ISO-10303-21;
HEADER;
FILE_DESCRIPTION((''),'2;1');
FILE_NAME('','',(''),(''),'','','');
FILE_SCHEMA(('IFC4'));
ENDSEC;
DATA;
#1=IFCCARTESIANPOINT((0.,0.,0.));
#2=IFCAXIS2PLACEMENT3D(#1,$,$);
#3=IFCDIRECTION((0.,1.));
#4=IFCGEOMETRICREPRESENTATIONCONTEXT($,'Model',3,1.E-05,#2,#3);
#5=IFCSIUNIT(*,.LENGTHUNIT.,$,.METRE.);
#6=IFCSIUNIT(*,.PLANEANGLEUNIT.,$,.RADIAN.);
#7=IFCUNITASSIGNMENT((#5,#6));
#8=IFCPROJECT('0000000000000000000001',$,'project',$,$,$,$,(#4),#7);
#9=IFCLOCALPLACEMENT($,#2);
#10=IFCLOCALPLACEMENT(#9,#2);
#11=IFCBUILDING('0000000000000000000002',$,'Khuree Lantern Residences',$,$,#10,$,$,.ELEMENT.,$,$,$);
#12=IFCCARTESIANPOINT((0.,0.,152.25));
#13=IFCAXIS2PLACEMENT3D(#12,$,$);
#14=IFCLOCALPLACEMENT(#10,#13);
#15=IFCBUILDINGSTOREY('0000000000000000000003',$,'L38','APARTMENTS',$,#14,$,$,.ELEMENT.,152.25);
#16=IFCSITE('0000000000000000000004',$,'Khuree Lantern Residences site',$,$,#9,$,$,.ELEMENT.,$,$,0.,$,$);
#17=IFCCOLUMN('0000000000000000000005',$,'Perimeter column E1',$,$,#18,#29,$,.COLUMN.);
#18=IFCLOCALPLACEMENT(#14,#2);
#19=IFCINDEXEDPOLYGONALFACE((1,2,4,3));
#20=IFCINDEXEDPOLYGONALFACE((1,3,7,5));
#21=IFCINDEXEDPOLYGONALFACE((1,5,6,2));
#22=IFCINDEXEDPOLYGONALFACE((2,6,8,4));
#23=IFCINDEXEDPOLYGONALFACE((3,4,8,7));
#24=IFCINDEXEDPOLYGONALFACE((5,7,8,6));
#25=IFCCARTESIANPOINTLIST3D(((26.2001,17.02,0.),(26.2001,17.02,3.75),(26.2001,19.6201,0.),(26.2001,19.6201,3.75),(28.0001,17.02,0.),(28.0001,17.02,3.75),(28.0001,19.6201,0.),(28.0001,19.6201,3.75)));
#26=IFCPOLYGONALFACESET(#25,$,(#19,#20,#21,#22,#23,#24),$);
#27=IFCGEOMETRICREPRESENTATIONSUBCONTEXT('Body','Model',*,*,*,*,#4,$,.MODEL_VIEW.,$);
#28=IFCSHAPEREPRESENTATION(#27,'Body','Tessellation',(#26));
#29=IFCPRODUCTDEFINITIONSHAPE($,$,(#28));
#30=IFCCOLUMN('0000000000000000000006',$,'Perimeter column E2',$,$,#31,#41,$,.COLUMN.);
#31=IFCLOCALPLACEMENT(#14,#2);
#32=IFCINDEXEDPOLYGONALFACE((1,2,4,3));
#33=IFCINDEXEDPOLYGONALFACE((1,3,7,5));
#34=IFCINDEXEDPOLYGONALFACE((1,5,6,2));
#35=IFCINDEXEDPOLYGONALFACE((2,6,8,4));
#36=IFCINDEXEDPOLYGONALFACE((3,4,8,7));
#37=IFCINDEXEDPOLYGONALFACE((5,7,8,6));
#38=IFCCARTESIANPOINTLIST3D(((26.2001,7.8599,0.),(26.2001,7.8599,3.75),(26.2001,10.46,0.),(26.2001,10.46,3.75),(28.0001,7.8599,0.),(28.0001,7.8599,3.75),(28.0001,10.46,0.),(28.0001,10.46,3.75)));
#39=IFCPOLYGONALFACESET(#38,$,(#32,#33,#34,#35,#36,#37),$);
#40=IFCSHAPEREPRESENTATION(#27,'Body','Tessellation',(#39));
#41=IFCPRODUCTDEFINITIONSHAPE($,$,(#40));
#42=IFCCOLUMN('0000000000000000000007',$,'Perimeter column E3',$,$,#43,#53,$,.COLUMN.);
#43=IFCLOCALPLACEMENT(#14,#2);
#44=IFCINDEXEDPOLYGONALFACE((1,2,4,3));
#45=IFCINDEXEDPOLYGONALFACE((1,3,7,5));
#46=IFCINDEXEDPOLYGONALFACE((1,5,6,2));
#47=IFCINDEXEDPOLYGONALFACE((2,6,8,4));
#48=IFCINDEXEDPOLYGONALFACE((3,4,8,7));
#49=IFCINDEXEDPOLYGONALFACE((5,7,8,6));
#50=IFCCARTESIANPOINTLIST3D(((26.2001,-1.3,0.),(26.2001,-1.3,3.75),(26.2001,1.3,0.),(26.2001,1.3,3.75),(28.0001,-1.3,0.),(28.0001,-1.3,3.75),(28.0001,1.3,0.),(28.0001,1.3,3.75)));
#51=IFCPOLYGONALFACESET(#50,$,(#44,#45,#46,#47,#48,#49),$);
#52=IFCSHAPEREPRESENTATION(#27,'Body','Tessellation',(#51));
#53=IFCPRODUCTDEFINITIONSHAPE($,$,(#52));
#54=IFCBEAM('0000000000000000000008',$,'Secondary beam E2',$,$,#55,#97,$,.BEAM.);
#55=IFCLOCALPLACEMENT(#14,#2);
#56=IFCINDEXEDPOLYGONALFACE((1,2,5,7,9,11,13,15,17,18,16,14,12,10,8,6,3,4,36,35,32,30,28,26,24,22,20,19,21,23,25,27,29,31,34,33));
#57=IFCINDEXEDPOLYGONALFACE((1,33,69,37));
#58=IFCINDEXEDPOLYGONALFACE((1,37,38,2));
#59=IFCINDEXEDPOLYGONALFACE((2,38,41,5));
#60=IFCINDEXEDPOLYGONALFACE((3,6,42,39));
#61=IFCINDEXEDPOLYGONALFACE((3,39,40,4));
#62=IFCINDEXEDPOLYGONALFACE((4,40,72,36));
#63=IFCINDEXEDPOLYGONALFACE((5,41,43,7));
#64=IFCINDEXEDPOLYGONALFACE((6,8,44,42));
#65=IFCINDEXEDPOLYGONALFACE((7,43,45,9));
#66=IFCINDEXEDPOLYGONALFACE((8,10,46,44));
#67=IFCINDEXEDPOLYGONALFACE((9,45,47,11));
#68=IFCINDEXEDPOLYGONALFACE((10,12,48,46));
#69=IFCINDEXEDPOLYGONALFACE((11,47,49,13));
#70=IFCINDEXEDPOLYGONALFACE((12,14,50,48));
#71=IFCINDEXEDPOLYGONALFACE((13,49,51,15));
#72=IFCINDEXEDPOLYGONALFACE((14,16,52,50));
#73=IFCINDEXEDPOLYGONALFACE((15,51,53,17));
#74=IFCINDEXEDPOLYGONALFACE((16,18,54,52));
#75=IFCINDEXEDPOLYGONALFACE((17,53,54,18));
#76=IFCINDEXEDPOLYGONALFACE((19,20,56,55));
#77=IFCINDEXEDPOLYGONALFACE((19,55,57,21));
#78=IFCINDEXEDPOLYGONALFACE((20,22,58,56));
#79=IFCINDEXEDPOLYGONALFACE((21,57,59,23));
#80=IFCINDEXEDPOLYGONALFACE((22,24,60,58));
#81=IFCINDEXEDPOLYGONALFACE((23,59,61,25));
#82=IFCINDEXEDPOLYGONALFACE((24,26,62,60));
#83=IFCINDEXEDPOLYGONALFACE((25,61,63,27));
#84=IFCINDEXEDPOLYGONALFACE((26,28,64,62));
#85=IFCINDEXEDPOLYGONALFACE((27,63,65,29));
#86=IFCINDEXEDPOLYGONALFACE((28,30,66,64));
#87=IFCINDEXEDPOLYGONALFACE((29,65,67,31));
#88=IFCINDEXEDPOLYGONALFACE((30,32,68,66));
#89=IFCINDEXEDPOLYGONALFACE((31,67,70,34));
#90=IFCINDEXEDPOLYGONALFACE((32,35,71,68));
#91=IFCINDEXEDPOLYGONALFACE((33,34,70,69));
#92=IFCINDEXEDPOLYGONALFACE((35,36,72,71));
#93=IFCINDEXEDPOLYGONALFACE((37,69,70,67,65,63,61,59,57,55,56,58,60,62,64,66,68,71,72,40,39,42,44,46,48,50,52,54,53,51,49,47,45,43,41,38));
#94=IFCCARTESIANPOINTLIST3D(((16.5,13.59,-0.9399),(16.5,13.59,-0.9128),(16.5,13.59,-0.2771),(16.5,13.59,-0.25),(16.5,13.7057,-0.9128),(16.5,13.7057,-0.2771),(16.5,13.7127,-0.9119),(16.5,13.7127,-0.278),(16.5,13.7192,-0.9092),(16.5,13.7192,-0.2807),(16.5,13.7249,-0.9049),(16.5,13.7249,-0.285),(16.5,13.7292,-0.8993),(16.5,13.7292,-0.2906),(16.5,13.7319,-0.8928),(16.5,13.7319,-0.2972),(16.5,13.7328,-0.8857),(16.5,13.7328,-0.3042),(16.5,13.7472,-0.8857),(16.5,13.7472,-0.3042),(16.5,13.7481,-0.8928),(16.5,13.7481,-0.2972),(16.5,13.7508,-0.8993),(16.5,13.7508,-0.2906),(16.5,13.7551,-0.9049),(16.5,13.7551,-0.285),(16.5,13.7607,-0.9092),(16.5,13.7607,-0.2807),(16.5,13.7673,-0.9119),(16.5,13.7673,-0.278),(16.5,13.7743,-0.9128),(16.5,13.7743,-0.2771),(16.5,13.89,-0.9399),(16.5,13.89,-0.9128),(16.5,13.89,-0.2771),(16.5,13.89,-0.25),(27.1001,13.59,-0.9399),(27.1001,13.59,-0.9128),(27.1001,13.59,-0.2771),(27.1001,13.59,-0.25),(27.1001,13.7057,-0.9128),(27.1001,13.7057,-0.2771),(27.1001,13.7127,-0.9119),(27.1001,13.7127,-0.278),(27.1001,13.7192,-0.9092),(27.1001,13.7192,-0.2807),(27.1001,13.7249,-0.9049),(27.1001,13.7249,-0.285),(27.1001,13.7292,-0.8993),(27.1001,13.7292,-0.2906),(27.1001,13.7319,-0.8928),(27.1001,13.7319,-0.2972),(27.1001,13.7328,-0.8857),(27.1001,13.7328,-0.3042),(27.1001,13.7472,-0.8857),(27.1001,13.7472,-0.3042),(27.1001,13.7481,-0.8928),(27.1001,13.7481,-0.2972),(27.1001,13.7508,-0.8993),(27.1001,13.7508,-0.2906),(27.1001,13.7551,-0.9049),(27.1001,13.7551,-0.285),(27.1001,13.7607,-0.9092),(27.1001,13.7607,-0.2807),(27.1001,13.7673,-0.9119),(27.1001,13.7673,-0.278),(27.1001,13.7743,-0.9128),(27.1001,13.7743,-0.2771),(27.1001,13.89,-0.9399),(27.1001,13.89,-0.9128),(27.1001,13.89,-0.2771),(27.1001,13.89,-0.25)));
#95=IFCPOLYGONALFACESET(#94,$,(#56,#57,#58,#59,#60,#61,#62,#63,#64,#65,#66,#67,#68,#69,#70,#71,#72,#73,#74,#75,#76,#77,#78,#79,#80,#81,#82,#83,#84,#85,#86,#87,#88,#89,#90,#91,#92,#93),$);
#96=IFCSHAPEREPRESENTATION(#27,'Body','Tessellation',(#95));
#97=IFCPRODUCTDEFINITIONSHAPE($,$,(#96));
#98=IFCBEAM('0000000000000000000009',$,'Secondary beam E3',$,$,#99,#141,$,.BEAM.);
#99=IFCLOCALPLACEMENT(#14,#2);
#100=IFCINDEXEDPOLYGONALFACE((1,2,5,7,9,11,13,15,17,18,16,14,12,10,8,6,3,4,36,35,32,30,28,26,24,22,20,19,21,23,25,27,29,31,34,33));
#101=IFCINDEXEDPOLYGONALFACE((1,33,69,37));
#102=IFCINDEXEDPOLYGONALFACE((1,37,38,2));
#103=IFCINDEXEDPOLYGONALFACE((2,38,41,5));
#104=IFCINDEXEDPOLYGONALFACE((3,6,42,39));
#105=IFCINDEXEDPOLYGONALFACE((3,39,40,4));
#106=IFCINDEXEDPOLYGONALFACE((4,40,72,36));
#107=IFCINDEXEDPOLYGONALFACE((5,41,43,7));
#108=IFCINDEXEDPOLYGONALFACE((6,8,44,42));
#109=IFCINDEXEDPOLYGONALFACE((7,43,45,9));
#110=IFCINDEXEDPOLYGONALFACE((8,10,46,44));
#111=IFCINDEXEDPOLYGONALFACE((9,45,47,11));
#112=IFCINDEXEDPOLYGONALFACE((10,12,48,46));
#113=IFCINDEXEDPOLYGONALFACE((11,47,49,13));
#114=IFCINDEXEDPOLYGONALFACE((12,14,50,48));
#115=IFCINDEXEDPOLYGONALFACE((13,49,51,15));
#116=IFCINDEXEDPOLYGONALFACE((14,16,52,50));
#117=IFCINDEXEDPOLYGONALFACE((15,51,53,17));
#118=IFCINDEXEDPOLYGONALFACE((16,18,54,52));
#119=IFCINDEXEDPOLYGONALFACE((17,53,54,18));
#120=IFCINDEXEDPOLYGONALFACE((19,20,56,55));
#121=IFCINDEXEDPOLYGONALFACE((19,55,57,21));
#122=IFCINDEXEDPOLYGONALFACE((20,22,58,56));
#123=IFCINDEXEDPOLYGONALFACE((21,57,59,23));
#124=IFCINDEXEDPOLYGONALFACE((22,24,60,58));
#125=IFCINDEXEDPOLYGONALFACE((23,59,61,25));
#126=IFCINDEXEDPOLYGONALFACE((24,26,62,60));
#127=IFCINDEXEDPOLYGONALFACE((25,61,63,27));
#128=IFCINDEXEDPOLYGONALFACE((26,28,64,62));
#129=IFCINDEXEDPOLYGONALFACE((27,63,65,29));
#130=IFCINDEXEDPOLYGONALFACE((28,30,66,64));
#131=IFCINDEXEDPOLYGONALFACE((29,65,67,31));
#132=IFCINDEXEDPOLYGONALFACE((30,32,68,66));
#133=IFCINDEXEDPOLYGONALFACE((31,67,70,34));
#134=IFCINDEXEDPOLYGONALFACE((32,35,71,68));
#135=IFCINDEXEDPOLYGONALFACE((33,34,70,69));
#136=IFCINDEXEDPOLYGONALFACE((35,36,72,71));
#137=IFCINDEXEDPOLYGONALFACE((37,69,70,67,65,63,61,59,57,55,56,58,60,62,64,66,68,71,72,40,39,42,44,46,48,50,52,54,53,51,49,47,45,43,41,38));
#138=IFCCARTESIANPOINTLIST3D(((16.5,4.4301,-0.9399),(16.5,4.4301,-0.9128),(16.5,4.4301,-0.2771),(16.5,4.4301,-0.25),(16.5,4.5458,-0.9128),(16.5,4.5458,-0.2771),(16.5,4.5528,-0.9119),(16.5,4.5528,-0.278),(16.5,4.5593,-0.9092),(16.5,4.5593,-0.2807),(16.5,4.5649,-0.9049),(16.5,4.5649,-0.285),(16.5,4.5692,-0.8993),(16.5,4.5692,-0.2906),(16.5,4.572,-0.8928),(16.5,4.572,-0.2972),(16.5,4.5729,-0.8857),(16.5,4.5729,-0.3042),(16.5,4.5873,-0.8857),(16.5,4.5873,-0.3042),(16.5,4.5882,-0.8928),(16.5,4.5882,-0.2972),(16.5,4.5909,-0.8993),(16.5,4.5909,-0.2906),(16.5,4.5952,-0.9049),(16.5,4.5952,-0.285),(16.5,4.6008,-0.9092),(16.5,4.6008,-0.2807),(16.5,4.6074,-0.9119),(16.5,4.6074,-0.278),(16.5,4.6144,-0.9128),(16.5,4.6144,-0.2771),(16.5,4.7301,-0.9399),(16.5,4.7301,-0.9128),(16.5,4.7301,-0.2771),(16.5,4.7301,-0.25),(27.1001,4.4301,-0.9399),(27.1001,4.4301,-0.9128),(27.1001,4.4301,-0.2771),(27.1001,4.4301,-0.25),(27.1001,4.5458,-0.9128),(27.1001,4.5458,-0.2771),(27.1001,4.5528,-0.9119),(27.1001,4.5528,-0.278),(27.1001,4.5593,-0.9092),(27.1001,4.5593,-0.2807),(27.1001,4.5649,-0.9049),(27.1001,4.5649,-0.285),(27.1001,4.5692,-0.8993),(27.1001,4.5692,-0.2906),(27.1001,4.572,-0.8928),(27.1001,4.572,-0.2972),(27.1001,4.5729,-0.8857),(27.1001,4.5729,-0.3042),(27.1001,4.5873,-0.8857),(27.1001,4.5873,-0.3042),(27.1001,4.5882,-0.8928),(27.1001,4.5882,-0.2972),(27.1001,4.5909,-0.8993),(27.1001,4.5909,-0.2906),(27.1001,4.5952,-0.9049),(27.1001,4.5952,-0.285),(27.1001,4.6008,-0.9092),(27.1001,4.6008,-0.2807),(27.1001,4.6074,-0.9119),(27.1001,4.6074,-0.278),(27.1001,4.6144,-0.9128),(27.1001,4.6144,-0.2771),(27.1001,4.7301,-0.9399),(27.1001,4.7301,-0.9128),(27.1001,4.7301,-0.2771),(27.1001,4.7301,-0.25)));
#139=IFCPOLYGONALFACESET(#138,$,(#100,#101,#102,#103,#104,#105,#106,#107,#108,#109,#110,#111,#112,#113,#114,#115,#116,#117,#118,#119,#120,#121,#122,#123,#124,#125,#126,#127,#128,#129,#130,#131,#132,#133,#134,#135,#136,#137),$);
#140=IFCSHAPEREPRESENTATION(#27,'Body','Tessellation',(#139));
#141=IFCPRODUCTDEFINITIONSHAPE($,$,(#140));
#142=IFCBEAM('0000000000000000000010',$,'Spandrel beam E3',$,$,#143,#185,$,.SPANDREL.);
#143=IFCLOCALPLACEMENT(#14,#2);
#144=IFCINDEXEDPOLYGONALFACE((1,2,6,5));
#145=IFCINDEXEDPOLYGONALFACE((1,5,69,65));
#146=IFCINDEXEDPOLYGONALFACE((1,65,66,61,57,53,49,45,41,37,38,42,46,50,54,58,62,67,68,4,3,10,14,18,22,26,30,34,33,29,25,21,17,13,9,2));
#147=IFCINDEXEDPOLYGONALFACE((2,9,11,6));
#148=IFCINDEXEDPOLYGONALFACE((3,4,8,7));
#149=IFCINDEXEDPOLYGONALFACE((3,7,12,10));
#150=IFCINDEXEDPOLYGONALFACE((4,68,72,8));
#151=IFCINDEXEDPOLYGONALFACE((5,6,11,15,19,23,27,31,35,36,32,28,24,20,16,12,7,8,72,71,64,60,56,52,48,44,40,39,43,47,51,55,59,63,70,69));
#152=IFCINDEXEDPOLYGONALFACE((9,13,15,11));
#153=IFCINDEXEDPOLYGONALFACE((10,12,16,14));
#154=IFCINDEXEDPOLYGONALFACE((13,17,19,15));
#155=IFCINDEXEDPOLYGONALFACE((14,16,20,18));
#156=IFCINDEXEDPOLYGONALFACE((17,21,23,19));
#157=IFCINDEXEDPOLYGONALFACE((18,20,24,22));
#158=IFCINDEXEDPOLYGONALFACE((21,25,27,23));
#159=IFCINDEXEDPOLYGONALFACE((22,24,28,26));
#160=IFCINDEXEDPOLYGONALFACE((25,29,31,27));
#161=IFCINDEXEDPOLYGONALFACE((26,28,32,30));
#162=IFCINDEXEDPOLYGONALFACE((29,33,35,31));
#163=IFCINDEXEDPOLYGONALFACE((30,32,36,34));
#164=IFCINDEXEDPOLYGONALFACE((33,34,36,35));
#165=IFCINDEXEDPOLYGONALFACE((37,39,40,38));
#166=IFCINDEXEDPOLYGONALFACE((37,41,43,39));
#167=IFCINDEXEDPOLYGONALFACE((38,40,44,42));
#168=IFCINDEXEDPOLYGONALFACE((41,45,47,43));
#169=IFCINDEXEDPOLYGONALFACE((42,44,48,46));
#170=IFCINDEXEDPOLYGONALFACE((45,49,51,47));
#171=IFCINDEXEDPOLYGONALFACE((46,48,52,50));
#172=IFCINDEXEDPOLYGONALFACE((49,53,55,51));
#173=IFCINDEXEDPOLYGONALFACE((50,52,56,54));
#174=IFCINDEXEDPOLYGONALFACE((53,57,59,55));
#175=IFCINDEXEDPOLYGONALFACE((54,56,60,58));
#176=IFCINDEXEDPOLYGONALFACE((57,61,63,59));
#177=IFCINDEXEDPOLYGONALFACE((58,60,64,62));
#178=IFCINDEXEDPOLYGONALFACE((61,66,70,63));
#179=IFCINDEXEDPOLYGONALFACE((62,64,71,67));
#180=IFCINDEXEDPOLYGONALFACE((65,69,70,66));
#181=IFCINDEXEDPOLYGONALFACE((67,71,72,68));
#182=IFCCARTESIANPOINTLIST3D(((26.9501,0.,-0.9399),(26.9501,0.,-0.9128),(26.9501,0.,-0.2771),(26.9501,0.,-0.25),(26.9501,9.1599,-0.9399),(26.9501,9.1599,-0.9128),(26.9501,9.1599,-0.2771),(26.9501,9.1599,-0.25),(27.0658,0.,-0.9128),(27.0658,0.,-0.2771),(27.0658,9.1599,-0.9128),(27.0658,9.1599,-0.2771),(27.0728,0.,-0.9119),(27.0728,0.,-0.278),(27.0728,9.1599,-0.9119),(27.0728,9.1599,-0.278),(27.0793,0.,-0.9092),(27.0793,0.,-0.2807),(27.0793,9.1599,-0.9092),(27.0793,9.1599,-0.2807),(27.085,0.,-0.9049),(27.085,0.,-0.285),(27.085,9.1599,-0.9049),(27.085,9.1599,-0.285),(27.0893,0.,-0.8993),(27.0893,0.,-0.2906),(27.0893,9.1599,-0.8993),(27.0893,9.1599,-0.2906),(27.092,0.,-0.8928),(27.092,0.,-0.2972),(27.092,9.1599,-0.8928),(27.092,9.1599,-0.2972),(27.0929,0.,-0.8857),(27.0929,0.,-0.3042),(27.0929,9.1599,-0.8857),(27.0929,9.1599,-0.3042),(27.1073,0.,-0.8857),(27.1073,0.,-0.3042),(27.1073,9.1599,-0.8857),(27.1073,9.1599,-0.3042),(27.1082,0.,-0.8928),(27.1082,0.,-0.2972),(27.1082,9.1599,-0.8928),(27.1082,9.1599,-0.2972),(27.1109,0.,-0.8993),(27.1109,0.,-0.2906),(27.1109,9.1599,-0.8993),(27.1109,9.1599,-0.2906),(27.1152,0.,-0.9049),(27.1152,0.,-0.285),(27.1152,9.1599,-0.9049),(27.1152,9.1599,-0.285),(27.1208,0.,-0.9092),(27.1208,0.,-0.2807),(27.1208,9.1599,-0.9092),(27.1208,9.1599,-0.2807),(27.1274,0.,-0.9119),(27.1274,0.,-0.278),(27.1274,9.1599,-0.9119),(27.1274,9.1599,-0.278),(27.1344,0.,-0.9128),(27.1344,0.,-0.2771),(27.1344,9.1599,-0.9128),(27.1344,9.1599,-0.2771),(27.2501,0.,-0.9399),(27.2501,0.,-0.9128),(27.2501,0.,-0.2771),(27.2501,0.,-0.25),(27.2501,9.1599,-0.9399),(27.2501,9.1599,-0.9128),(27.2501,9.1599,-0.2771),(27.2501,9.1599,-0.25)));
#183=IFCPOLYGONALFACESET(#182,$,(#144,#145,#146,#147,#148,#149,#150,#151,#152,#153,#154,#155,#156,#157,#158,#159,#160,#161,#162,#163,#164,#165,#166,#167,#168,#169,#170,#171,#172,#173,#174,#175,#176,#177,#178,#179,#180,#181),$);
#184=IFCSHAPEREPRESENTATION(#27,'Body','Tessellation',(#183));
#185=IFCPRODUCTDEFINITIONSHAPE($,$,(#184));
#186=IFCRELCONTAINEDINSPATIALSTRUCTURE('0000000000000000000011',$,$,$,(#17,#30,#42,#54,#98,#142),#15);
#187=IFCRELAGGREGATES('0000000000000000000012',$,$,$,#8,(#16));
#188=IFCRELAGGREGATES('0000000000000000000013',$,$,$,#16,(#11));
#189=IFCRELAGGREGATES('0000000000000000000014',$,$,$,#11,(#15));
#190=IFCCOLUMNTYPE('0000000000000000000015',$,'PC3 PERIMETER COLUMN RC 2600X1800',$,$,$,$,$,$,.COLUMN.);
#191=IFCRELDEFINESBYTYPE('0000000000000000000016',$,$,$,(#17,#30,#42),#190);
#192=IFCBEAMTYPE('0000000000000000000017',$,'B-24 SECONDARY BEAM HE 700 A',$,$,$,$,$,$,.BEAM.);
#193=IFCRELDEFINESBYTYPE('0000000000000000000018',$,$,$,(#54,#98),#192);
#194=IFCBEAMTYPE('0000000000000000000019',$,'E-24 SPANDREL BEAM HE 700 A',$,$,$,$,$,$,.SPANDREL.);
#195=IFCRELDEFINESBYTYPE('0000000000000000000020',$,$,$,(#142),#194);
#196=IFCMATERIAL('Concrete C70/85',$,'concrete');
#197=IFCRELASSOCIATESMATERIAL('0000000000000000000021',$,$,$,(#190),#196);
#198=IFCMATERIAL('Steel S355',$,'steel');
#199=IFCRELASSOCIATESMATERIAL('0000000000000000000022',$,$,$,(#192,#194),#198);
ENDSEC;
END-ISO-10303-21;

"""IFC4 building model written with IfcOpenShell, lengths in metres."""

from ifc_helpers import new_model, si_unit, direction, frame, origin, origin_2d, place, context, subcontext, project, spatial, rectangle, i_section, extrude, material, material_profile, profile_set, type_object, element, save


model = new_model("IFC4")

# Units and contexts
model_context = context("Model", 3, precision=1e-05, world=origin(), true_north=direction((0.0, 1.0)))
body_context = subcontext(model_context, "Body", "Model", "MODEL_VIEW")
ifc_project = project(units=[si_unit("LENGTHUNIT", "METRE"), si_unit("PLANEANGLEUNIT", "RADIAN")], contexts=[model_context])

# Site, building, storey
site_placement = place(None, origin())
site = spatial("IfcSite", under=ifc_project, at=site_placement, Name="Khuree Lantern Residences site", CompositionType="ELEMENT", RefElevation=0.0)
building_placement = place(site_placement, origin())
building = spatial("IfcBuilding", under=site, at=building_placement, Name="Khuree Lantern Residences", CompositionType="ELEMENT")
storey_placement = place(building_placement, frame((0.0, 0.0, 152.25)))
storey = spatial("IfcBuildingStorey", under=building, at=storey_placement, Name="L38", Description="APARTMENTS", CompositionType="ELEMENT", Elevation=152.25)

# Columns
ifc_material_1 = material(Name="Concrete C70/85", Category="concrete")
ifc_material_profile_1 = material_profile(ifc_material_1, rectangle(XDim=2.6001, YDim=1.8, at=origin_2d()), Name="RC 2600X1800")
ifc_profile_set_1 = profile_set([ifc_material_profile_1], Name="Concrete C70/85")
column_type = type_object("IfcColumnType", Name="PC3 PERIMETER COLUMN RC 2600X1800", PredefinedType="COLUMN", material=ifc_profile_set_1)
for number, where, z_axis, x_axis, name in (
    (1, (27.1001, 18.3201, 0.0), (0.0, 0.0, 1.0), (0.0, 1.0, 0.0), "Perimeter column E1"),
    (2, (27.1001, 9.1599, 0.0), (0.0, 0.0, 1.0), (0.0, 1.0, 0.0), "Perimeter column E2"),
    (3, (27.1001, 0.0, 0.0), (0.0, 0.0, 1.0), (0.0, 1.0, 0.0), "Perimeter column E3"),
):
    element("IfcColumn", number, at=place(storey_placement, frame(where, z_axis=z_axis, x_axis=x_axis)), inside=storey, type_object=column_type, Name=name, PredefinedType="COLUMN", context=body_context, shape_type="SweptSolid", body=[
        extrude(rectangle(XDim=2.6001, YDim=1.8, at=origin_2d()), origin(), (0.0, 0.0, 1.0), 3.75),
    ])

# Beams
ifc_material_2 = material(Name="Steel S355", Category="steel")
ifc_material_profile_2 = material_profile(ifc_material_2, i_section(OverallWidth=0.3, OverallDepth=0.6899, WebThickness=0.0144, FlangeThickness=0.0271, FilletRadius=0.0271, at=origin_2d()), Name="HE 700 A")
ifc_profile_set_2 = profile_set([ifc_material_profile_2], Name="Steel S355")
beam_type_1 = type_object("IfcBeamType", Name="B-24 SECONDARY BEAM HE 700 A", PredefinedType="BEAM", material=ifc_profile_set_2)
for number, where, z_axis, x_axis, name in (
    (4, (27.1001, 13.74, -0.595), (-1.0, 0.0, 0.0), (0.0, -1.0, 0.0), "Secondary beam E2"),
    (5, (27.1001, 4.5801, -0.595), (-1.0, 0.0, 0.0), (0.0, -1.0, 0.0), "Secondary beam E3"),
):
    element("IfcBeam", number, at=place(storey_placement, frame(where, z_axis=z_axis, x_axis=x_axis)), inside=storey, type_object=beam_type_1, Name=name, PredefinedType="BEAM", context=body_context, shape_type="SweptSolid", body=[
        extrude(i_section(OverallWidth=0.3, OverallDepth=0.6899, WebThickness=0.0144, FlangeThickness=0.0271, FilletRadius=0.0271, at=origin_2d()), origin(), (0.0, 0.0, 1.0), 10.6001),
    ])
ifc_material_profile_3 = material_profile(ifc_material_2, i_section(OverallWidth=0.3, OverallDepth=0.6899, WebThickness=0.0144, FlangeThickness=0.0271, FilletRadius=0.0271, at=origin_2d()), Name="HE 700 A")
ifc_profile_set_3 = profile_set([ifc_material_profile_3], Name="Steel S355")
beam_type_2 = type_object("IfcBeamType", Name="E-24 SPANDREL BEAM HE 700 A", PredefinedType="SPANDREL", material=ifc_profile_set_3)
for number, where, z_axis, x_axis, name in (
    (6, (27.1001, 9.1599, -0.595), (0.0, -1.0, 0.0), (1.0, 0.0, 0.0), "Spandrel beam E3"),
):
    element("IfcBeam", number, at=place(storey_placement, frame(where, z_axis=z_axis, x_axis=x_axis)), inside=storey, type_object=beam_type_2, Name=name, PredefinedType="SPANDREL", context=body_context, shape_type="SweptSolid", body=[
        extrude(i_section(OverallWidth=0.3, OverallDepth=0.6899, WebThickness=0.0144, FlangeThickness=0.0271, FilletRadius=0.0271, at=origin_2d()), origin(), (0.0, 0.0, 1.0), 9.1599),
    ])

save(model, "model.ifc")
